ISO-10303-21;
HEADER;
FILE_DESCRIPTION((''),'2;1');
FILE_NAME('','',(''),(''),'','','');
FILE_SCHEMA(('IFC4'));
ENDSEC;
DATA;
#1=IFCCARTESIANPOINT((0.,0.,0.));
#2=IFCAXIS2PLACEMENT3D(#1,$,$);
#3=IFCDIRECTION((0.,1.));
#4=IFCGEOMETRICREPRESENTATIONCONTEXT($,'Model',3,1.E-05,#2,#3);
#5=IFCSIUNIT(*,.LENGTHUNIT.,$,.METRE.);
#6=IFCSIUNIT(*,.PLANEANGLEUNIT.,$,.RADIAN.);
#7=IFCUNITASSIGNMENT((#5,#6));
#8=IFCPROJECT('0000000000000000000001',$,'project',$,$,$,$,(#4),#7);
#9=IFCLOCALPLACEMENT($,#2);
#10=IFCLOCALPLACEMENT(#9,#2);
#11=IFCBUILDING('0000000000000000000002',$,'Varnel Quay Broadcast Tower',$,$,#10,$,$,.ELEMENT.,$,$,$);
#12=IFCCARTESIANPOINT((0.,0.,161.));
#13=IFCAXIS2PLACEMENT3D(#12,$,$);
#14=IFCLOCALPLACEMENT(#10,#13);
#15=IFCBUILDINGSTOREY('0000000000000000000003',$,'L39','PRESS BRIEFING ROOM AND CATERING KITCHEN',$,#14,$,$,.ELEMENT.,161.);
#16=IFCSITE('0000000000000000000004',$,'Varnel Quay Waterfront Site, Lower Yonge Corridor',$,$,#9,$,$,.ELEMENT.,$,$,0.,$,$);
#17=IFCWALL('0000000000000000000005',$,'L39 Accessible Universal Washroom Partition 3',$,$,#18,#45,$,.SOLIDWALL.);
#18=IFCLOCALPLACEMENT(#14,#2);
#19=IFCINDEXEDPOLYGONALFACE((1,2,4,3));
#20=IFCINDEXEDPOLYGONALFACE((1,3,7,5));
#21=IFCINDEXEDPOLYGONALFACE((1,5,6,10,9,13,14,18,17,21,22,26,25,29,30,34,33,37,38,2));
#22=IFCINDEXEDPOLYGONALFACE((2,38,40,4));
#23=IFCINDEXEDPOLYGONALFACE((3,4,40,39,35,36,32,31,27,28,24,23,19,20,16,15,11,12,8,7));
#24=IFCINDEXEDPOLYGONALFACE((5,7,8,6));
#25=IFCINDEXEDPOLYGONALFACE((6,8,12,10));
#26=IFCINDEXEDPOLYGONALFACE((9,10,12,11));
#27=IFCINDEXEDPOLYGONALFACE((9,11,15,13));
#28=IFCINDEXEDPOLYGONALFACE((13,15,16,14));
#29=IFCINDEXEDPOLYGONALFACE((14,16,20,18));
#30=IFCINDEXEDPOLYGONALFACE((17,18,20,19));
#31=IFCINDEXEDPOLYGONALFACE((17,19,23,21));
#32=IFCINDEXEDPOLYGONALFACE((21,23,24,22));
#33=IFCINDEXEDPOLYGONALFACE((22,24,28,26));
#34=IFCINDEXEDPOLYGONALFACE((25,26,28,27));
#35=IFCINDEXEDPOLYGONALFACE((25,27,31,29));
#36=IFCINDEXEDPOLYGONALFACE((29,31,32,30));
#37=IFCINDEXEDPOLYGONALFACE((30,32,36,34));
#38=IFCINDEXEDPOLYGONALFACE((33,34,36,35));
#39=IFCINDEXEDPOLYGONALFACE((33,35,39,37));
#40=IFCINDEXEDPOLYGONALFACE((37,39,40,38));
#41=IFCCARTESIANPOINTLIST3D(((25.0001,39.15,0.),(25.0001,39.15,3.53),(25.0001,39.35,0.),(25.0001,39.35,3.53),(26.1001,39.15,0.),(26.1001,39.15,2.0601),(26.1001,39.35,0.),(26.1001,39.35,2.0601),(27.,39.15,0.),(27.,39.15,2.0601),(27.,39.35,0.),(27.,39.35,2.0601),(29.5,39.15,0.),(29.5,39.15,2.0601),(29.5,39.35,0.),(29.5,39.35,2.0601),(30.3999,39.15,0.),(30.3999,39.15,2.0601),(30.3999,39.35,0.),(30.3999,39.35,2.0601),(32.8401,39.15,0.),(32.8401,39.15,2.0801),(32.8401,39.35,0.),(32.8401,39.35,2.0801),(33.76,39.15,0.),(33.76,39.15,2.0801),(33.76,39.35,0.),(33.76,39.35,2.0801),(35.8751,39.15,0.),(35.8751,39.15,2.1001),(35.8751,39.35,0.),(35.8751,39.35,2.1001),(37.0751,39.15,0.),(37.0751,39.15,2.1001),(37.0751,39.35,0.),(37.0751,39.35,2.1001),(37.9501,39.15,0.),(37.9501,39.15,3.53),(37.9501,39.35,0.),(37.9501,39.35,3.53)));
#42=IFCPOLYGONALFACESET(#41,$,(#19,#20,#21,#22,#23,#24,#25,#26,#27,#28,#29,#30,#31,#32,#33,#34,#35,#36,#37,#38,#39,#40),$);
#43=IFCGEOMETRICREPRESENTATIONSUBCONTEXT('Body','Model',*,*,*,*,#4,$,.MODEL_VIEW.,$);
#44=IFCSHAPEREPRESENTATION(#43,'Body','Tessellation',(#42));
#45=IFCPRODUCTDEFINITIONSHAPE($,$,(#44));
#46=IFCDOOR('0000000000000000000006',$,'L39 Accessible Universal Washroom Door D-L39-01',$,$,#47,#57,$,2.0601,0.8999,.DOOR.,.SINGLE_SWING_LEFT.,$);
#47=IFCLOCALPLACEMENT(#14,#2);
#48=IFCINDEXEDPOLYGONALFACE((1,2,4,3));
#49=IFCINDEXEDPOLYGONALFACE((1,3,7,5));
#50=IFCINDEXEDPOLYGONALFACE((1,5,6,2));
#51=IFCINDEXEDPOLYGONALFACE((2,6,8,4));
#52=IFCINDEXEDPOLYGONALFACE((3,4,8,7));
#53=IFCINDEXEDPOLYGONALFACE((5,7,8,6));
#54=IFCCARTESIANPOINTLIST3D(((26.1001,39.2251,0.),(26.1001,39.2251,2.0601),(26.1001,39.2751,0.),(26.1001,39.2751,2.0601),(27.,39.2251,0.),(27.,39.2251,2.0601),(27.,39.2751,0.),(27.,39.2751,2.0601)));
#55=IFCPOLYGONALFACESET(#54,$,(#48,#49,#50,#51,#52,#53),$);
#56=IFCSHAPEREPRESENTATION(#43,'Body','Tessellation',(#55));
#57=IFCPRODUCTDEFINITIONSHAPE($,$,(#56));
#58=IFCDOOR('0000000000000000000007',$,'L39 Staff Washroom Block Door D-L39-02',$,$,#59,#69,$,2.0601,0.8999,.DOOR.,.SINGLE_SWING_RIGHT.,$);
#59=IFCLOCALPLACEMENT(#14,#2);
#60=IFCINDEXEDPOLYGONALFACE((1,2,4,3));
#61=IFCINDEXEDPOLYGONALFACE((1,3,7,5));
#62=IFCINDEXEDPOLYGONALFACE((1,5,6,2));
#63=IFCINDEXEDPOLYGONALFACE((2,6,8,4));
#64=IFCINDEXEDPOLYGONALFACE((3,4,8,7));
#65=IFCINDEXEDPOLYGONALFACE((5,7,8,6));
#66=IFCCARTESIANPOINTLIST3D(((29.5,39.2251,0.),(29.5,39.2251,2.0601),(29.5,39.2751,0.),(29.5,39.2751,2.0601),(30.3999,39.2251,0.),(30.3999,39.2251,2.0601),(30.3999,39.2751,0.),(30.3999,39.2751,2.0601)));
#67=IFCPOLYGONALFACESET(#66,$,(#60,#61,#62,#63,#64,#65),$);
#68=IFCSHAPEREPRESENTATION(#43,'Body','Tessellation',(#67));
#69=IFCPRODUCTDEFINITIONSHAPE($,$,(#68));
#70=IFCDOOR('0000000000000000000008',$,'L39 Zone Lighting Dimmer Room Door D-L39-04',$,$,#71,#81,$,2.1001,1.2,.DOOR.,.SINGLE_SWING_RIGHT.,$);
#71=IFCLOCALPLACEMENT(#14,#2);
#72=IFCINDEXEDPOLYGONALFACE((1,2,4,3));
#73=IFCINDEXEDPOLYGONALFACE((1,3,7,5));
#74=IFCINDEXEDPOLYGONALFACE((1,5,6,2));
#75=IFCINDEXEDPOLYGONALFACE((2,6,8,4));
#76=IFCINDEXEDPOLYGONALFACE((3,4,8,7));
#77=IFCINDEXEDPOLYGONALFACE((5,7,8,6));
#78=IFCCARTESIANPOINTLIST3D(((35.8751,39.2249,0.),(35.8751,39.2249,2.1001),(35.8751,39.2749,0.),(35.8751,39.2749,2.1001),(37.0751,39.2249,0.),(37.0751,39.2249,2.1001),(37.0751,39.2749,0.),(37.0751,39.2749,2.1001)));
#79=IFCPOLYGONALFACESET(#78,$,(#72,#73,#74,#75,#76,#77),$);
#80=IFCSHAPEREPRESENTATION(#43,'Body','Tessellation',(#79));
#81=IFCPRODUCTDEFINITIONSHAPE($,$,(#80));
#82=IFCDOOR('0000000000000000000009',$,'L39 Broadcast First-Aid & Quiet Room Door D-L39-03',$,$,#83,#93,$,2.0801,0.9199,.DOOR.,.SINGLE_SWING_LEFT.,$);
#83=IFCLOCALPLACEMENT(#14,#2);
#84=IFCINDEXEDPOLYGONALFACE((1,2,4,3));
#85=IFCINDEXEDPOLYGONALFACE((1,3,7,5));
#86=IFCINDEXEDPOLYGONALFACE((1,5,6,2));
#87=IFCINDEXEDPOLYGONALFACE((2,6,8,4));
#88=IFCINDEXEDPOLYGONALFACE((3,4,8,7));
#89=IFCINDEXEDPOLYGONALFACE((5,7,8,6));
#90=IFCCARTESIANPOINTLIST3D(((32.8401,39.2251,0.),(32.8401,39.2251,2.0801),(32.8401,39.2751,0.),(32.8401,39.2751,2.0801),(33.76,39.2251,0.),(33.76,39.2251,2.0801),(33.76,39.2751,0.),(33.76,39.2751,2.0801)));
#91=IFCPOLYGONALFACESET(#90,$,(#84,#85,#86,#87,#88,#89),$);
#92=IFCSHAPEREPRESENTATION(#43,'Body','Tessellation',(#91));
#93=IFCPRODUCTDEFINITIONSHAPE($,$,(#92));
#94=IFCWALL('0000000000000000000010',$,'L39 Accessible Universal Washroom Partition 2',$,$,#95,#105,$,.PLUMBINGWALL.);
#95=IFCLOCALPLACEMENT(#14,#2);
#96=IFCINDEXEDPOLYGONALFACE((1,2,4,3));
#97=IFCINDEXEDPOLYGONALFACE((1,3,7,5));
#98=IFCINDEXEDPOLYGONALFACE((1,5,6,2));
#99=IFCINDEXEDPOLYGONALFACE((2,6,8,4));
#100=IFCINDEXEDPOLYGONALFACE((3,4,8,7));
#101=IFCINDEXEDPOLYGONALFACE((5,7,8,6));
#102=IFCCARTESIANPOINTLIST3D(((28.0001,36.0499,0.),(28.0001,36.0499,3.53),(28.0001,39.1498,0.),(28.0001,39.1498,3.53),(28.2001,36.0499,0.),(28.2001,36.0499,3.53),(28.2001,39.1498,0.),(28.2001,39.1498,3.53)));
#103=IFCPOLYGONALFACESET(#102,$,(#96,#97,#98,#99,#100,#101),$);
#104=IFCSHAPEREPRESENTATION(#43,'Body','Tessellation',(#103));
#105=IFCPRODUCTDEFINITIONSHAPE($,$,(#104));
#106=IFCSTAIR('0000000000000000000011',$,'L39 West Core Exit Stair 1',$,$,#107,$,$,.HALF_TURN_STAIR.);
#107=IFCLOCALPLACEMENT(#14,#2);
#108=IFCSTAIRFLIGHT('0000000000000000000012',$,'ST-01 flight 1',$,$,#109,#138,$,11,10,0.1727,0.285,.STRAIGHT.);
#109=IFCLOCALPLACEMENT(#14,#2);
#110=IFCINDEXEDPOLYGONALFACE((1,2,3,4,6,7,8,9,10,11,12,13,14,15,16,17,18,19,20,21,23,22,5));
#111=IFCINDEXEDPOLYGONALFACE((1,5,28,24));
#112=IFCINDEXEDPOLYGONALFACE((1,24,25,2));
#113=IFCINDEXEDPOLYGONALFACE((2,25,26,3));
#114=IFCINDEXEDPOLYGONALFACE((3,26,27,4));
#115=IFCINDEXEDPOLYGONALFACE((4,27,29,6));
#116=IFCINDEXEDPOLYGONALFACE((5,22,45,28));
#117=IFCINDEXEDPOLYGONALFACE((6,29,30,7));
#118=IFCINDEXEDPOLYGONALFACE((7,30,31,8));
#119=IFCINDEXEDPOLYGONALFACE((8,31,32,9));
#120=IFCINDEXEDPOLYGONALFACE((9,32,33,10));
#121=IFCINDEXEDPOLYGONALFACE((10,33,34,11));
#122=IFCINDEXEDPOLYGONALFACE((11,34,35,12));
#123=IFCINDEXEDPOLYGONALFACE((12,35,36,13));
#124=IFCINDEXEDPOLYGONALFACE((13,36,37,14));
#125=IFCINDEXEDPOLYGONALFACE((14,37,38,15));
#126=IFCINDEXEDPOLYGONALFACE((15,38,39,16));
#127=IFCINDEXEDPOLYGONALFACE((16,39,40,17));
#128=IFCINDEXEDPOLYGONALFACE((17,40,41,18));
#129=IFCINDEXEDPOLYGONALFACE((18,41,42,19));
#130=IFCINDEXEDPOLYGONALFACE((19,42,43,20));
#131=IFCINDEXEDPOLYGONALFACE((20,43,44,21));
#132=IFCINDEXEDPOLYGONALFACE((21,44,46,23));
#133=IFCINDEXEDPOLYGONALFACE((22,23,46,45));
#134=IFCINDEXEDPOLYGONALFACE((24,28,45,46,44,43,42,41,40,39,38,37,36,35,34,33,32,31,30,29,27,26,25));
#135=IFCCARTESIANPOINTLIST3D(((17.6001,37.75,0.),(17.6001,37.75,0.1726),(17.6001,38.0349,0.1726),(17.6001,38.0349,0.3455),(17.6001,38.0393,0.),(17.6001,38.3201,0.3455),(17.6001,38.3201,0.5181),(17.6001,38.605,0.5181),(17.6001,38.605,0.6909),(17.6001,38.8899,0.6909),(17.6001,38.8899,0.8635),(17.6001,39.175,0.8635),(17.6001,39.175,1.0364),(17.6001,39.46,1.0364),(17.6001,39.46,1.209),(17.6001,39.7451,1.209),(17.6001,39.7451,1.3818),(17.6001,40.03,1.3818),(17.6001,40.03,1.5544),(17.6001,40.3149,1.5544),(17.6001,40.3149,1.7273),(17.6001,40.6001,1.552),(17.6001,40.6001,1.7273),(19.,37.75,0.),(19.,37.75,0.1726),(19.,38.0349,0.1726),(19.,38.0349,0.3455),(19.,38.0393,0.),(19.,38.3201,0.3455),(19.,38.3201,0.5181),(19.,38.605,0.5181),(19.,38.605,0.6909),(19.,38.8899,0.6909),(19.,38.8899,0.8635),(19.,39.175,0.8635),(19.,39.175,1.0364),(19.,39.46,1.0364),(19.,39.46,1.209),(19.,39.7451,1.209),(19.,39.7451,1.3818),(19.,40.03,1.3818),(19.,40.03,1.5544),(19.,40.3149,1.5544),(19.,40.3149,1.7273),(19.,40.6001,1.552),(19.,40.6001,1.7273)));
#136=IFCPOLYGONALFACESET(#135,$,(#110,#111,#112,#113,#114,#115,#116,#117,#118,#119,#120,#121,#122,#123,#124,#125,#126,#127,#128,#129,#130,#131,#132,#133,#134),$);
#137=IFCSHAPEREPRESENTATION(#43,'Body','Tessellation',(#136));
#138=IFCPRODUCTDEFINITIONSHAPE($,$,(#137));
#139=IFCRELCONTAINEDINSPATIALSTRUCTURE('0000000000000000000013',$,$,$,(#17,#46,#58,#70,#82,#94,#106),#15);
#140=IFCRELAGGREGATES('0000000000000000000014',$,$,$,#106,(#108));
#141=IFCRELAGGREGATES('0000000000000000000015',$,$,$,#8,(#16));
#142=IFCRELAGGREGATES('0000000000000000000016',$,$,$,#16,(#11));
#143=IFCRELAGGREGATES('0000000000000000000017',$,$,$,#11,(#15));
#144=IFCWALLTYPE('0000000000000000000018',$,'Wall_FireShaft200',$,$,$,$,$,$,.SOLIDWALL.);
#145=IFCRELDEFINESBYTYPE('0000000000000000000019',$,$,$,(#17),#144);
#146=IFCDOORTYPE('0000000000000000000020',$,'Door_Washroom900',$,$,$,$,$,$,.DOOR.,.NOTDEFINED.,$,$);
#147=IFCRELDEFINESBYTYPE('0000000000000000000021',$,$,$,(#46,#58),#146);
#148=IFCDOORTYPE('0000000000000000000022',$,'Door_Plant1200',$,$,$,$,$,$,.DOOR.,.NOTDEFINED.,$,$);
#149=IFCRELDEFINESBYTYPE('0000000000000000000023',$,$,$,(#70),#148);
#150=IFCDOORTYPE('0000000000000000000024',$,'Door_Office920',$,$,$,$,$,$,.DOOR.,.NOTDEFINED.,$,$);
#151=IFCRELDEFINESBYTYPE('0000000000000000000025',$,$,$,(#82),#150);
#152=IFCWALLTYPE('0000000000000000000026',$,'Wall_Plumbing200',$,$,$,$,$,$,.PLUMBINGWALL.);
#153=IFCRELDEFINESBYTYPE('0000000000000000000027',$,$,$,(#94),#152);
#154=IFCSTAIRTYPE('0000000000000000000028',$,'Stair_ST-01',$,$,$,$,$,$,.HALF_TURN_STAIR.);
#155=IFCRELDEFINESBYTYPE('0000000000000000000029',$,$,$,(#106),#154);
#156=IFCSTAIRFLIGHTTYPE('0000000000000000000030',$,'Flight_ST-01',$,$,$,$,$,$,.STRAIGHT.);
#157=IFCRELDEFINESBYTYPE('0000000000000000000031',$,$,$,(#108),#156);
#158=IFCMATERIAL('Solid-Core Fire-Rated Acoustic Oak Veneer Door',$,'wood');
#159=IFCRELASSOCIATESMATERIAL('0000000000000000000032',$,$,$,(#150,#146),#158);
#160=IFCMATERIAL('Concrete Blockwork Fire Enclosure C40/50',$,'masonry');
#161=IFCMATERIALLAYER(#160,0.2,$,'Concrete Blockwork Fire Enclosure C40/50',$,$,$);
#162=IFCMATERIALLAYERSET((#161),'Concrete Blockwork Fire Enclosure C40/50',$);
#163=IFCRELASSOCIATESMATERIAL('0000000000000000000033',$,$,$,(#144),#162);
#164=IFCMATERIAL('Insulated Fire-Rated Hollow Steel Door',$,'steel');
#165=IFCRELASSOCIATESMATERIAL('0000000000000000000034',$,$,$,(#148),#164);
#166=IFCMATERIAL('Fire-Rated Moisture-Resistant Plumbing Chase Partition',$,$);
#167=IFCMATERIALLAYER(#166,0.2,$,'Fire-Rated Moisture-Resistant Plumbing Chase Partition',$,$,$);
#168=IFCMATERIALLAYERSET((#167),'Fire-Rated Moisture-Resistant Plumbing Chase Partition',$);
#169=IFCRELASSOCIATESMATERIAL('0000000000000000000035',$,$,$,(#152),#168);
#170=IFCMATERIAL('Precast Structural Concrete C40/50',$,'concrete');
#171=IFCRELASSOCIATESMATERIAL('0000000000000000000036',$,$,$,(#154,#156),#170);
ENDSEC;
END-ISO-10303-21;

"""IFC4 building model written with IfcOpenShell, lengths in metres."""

from ifc_helpers import new_model, si_unit, direction, frame, frame_2d, origin, place, context, subcontext, project, spatial, polyline, rectangle, outline, extrude, source, transform, mapped, material, layer, layer_set, type_object, type_shapes, element, fill, aggregate, save


model = new_model("IFC4")

# Units and contexts
model_context = context("Model", 3, precision=1e-05, world=origin(), true_north=direction((0.0, 1.0)))
body_context = subcontext(model_context, "Body", "Model", "MODEL_VIEW")
ifc_project = project(units=[si_unit("LENGTHUNIT", "METRE"), si_unit("PLANEANGLEUNIT", "RADIAN")], contexts=[model_context])

# Site, building, storey
site_placement = place(None, origin())
site = spatial("IfcSite", under=ifc_project, at=site_placement, Name="Varnel Quay Waterfront Site, Lower Yonge Corridor", CompositionType="ELEMENT", RefElevation=0.0)
building_placement = place(site_placement, origin())
building = spatial("IfcBuilding", under=site, at=building_placement, Name="Varnel Quay Broadcast Tower", CompositionType="ELEMENT")
storey_placement = place(building_placement, frame((0.0, 0.0, 161.0)))
storey = spatial("IfcBuildingStorey", under=building, at=storey_placement, Name="L39", Description="PRESS BRIEFING ROOM AND CATERING KITCHEN", CompositionType="ELEMENT", Elevation=161.0)

# Wall, openings, doors
ifc_material_1 = material(Name="Solid-Core Fire-Rated Acoustic Oak Veneer Door", Category="wood")
door_type_1 = type_object("IfcDoorType", Name="Door_Office920", OperationType="NOTDEFINED", PredefinedType="DOOR", material=ifc_material_1)
shared_shape_1 = source(origin(), body_context, "Body", "SweptSolid", [
    extrude(rectangle(XDim=0.9199, YDim=2.0801, at=frame_2d((0.46, 1.04))), frame((0.0, 0.0249, 0.0), z_axis=(0.0, -1.0, 0.0), x_axis=(1.0, 0.0, 0.0)), (0.0, 0.0, 1.0), 0.05),
])
type_shapes(door_type_1, [shared_shape_1])
ifc_material_2 = material(Name="Concrete Blockwork Fire Enclosure C40/50", Category="masonry")
ifc_layer_1 = layer(ifc_material_2, 0.2, Name="Concrete Blockwork Fire Enclosure C40/50")
ifc_layer_set_1 = layer_set([ifc_layer_1], Name="Concrete Blockwork Fire Enclosure C40/50")
wall_type_1 = type_object("IfcWallType", Name="Wall_FireShaft200", PredefinedType="SOLIDWALL", material=ifc_layer_set_1)
wall_1_placement = place(storey_placement, frame((25.0, 39.25, 0.0), z_axis=(0.0, 0.0, 1.0), x_axis=(1.0, 0.0, 0.0)))
wall_1 = element("IfcWall", 1, at=wall_1_placement, inside=storey, type_object=wall_type_1, Name="L39 Accessible Universal Washroom Partition 3", PredefinedType="SOLIDWALL", context=body_context, shape_type="SweptSolid", body=[
    extrude(rectangle(XDim=12.95, YDim=0.2, at=frame_2d((6.4751, 0.0))), origin(), (0.0, 0.0, 1.0), 3.53),
])
opening_1_placement = place(wall_1_placement, frame((1.1001, 0.0, 0.0)))
opening_1 = element("IfcOpeningElement", 2, at=opening_1_placement, cuts=wall_1, PredefinedType="OPENING", context=body_context, shape_type="SweptSolid", body=[
    extrude(rectangle(XDim=0.8999, YDim=2.0601, at=frame_2d((0.45, 1.03))), frame((0.0, 0.1099, 0.0), z_axis=(0.0, -1.0, 0.0), x_axis=(1.0, 0.0, 0.0)), (0.0, 0.0, 1.0), 0.22),
])
opening_2_placement = place(wall_1_placement, frame((4.5, 0.0, 0.0)))
opening_2 = element("IfcOpeningElement", 3, at=opening_2_placement, cuts=wall_1, PredefinedType="OPENING", context=body_context, shape_type="SweptSolid", body=[
    extrude(rectangle(XDim=0.8999, YDim=2.0601, at=frame_2d((0.45, 1.03))), frame((0.0, 0.1099, 0.0), z_axis=(0.0, -1.0, 0.0), x_axis=(1.0, 0.0, 0.0)), (0.0, 0.0, 1.0), 0.22),
])
opening_3_placement = place(wall_1_placement, frame((7.8401, 0.0, 0.0)))
opening_3 = element("IfcOpeningElement", 4, at=opening_3_placement, cuts=wall_1, PredefinedType="OPENING", context=body_context, shape_type="SweptSolid", body=[
    extrude(rectangle(XDim=0.9199, YDim=2.0801, at=frame_2d((0.46, 1.04))), frame((0.0, 0.1099, 0.0), z_axis=(0.0, -1.0, 0.0), x_axis=(1.0, 0.0, 0.0)), (0.0, 0.0, 1.0), 0.22),
])
opening_4_placement = place(wall_1_placement, frame((10.875, 0.0, 0.0)))
opening_4 = element("IfcOpeningElement", 5, at=opening_4_placement, cuts=wall_1, PredefinedType="OPENING", context=body_context, shape_type="SweptSolid", body=[
    extrude(rectangle(XDim=1.2, YDim=2.1001, at=frame_2d((0.6001, 1.05))), frame((0.0, 0.1099, 0.0), z_axis=(0.0, -1.0, 0.0), x_axis=(1.0, 0.0, 0.0)), (0.0, 0.0, 1.0), 0.22),
])
door_type_2 = type_object("IfcDoorType", Name="Door_Washroom900", OperationType="NOTDEFINED", PredefinedType="DOOR", material=ifc_material_1)
shared_shape_2 = source(origin(), body_context, "Body", "SweptSolid", [
    extrude(rectangle(XDim=0.8999, YDim=2.0601, at=frame_2d((0.45, 1.03))), frame((0.0, 0.0249, 0.0), z_axis=(0.0, -1.0, 0.0), x_axis=(1.0, 0.0, 0.0)), (0.0, 0.0, 1.0), 0.05),
])
type_shapes(door_type_2, [shared_shape_2])
door_1_placement = place(opening_1_placement, frame((0.8999, 0.0, 0.0), z_axis=(0.0, 0.0, 1.0), x_axis=(-1.0, 0.0, 0.0)))
door_1 = element("IfcDoor", 6, at=door_1_placement, inside=storey, type_object=door_type_2, Name="L39 Accessible Universal Washroom Door D-L39-01", OperationType="SINGLE_SWING_LEFT", OverallHeight=2.0601, OverallWidth=0.8999, PredefinedType="DOOR", context=body_context, shape_type="MappedRepresentation", body=[
    mapped(shared_shape_2, transform((0.0, 0.0, 0.0), x_axis=(1.0, 0.0, 0.0), y_axis=(0.0, 1.0, 0.0), z_axis=(0.0, 0.0, 1.0), scale=1.0)),
])
fill(opening_1, door_1)
door_2_placement = place(opening_2_placement, frame((0.8999, 0.0, 0.0), z_axis=(0.0, 0.0, 1.0), x_axis=(-1.0, 0.0, 0.0)))
door_2 = element("IfcDoor", 7, at=door_2_placement, inside=storey, type_object=door_type_2, Name="L39 Staff Washroom Block Door D-L39-02", OperationType="SINGLE_SWING_RIGHT", OverallHeight=2.0601, OverallWidth=0.8999, PredefinedType="DOOR", context=body_context, shape_type="MappedRepresentation", body=[
    mapped(shared_shape_2, transform((0.0, 0.0, 0.0), x_axis=(1.0, 0.0, 0.0), y_axis=(0.0, 1.0, 0.0), z_axis=(0.0, 0.0, 1.0), scale=1.0)),
])
fill(opening_2, door_2)
ifc_material_3 = material(Name="Insulated Fire-Rated Hollow Steel Door", Category="steel")
door_type_3 = type_object("IfcDoorType", Name="Door_Plant1200", OperationType="NOTDEFINED", PredefinedType="DOOR", material=ifc_material_3)
shared_shape_3 = source(origin(), body_context, "Body", "SweptSolid", [
    extrude(rectangle(XDim=1.2, YDim=2.1001, at=frame_2d((0.6001, 1.05))), frame((0.0, 0.0249, 0.0), z_axis=(0.0, -1.0, 0.0), x_axis=(1.0, 0.0, 0.0)), (0.0, 0.0, 1.0), 0.05),
])
type_shapes(door_type_3, [shared_shape_3])
door_3_placement = place(opening_4_placement, origin())
door_3 = element("IfcDoor", 8, at=door_3_placement, inside=storey, type_object=door_type_3, Name="L39 Zone Lighting Dimmer Room Door D-L39-04", OperationType="SINGLE_SWING_RIGHT", OverallHeight=2.1001, OverallWidth=1.2, PredefinedType="DOOR", context=body_context, shape_type="MappedRepresentation", body=[
    mapped(shared_shape_3, transform((0.0, 0.0, 0.0), x_axis=(1.0, 0.0, 0.0), y_axis=(0.0, 1.0, 0.0), z_axis=(0.0, 0.0, 1.0), scale=1.0)),
])
fill(opening_4, door_3)
door_4_placement = place(opening_3_placement, frame((0.9199, 0.0, 0.0), z_axis=(0.0, 0.0, 1.0), x_axis=(-1.0, 0.0, 0.0)))
door_4 = element("IfcDoor", 9, at=door_4_placement, inside=storey, type_object=door_type_1, Name="L39 Broadcast First-Aid & Quiet Room Door D-L39-03", OperationType="SINGLE_SWING_LEFT", OverallHeight=2.0801, OverallWidth=0.9199, PredefinedType="DOOR", context=body_context, shape_type="MappedRepresentation", body=[
    mapped(shared_shape_1, transform((0.0, 0.0, 0.0), x_axis=(1.0, 0.0, 0.0), y_axis=(0.0, 1.0, 0.0), z_axis=(0.0, 0.0, 1.0), scale=1.0)),
])
fill(opening_3, door_4)

# Wall
ifc_material_4 = material(Name="Fire-Rated Moisture-Resistant Plumbing Chase Partition")
ifc_layer_2 = layer(ifc_material_4, 0.2, Name="Fire-Rated Moisture-Resistant Plumbing Chase Partition")
ifc_layer_set_2 = layer_set([ifc_layer_2], Name="Fire-Rated Moisture-Resistant Plumbing Chase Partition")
wall_type_2 = type_object("IfcWallType", Name="Wall_Plumbing200", PredefinedType="PLUMBINGWALL", material=ifc_layer_set_2)
wall_2_placement = place(storey_placement, frame((28.1001, 36.05, 0.0), z_axis=(0.0, 0.0, 1.0), x_axis=(0.0, 1.0, 0.0)))
element("IfcWall", 10, at=wall_2_placement, inside=storey, type_object=wall_type_2, Name="L39 Accessible Universal Washroom Partition 2", PredefinedType="PLUMBINGWALL", context=body_context, shape_type="SweptSolid", body=[
    extrude(rectangle(XDim=3.0999, YDim=0.2, at=frame_2d((1.5498, 0.0))), origin(), (0.0, 0.0, 1.0), 3.53),
])

# Stair, stair flight
ifc_material_5 = material(Name="Precast Structural Concrete C40/50", Category="concrete")
stair_type = type_object("IfcStairType", Name="Stair_ST-01", PredefinedType="HALF_TURN_STAIR", material=ifc_material_5)
stair_placement = place(storey_placement, origin())
stair = element("IfcStair", 11, at=stair_placement, inside=storey, type_object=stair_type, Name="L39 West Core Exit Stair 1", PredefinedType="HALF_TURN_STAIR")
stair_flight_type = type_object("IfcStairFlightType", Name="Flight_ST-01", PredefinedType="STRAIGHT", material=ifc_material_5)
stair_flight_placement = place(storey_placement, frame((18.3, 37.75, 0.0), z_axis=(0.0, 0.0, 1.0), x_axis=(0.0, 1.0, 0.0)))
stair_flight = element("IfcStairFlight", 12, at=stair_flight_placement, type_object=stair_flight_type, Name="ST-01 flight 1", NumberOfRisers=11, NumberOfTreads=10, PredefinedType="STRAIGHT", RiserHeight=0.1727, TreadLength=0.285, context=body_context, shape_type="SweptSolid", body=[
    extrude(outline(polyline([(0.0, 0.0), (0.0, 0.1726), (0.2849, 0.1726), (0.2849, 0.3455), (0.5701, 0.3455), (0.5701, 0.5181), (0.855, 0.5181), (0.855, 0.6909), (1.1399, 0.6909), (1.1399, 0.8635), (1.425, 0.8635), (1.425, 1.0364), (1.71, 1.0364), (1.71, 1.209), (1.9951, 1.209), (1.9951, 1.3818), (2.28, 1.3818), (2.28, 1.5544), (2.5649, 1.5544), (2.5649, 1.7273), (2.8501, 1.7273), (2.8501, 1.8999), (2.8501, 1.552), (0.2893, 0.0), (0.0, 0.0)])), frame((0.0, 0.7, 0.0), z_axis=(0.0, -1.0, 0.0), x_axis=(1.0, 0.0, 0.0)), (0.0, 0.0, 1.0), 1.3999),
])
aggregate(stair, [stair_flight])

save(model, "model.ifc")
